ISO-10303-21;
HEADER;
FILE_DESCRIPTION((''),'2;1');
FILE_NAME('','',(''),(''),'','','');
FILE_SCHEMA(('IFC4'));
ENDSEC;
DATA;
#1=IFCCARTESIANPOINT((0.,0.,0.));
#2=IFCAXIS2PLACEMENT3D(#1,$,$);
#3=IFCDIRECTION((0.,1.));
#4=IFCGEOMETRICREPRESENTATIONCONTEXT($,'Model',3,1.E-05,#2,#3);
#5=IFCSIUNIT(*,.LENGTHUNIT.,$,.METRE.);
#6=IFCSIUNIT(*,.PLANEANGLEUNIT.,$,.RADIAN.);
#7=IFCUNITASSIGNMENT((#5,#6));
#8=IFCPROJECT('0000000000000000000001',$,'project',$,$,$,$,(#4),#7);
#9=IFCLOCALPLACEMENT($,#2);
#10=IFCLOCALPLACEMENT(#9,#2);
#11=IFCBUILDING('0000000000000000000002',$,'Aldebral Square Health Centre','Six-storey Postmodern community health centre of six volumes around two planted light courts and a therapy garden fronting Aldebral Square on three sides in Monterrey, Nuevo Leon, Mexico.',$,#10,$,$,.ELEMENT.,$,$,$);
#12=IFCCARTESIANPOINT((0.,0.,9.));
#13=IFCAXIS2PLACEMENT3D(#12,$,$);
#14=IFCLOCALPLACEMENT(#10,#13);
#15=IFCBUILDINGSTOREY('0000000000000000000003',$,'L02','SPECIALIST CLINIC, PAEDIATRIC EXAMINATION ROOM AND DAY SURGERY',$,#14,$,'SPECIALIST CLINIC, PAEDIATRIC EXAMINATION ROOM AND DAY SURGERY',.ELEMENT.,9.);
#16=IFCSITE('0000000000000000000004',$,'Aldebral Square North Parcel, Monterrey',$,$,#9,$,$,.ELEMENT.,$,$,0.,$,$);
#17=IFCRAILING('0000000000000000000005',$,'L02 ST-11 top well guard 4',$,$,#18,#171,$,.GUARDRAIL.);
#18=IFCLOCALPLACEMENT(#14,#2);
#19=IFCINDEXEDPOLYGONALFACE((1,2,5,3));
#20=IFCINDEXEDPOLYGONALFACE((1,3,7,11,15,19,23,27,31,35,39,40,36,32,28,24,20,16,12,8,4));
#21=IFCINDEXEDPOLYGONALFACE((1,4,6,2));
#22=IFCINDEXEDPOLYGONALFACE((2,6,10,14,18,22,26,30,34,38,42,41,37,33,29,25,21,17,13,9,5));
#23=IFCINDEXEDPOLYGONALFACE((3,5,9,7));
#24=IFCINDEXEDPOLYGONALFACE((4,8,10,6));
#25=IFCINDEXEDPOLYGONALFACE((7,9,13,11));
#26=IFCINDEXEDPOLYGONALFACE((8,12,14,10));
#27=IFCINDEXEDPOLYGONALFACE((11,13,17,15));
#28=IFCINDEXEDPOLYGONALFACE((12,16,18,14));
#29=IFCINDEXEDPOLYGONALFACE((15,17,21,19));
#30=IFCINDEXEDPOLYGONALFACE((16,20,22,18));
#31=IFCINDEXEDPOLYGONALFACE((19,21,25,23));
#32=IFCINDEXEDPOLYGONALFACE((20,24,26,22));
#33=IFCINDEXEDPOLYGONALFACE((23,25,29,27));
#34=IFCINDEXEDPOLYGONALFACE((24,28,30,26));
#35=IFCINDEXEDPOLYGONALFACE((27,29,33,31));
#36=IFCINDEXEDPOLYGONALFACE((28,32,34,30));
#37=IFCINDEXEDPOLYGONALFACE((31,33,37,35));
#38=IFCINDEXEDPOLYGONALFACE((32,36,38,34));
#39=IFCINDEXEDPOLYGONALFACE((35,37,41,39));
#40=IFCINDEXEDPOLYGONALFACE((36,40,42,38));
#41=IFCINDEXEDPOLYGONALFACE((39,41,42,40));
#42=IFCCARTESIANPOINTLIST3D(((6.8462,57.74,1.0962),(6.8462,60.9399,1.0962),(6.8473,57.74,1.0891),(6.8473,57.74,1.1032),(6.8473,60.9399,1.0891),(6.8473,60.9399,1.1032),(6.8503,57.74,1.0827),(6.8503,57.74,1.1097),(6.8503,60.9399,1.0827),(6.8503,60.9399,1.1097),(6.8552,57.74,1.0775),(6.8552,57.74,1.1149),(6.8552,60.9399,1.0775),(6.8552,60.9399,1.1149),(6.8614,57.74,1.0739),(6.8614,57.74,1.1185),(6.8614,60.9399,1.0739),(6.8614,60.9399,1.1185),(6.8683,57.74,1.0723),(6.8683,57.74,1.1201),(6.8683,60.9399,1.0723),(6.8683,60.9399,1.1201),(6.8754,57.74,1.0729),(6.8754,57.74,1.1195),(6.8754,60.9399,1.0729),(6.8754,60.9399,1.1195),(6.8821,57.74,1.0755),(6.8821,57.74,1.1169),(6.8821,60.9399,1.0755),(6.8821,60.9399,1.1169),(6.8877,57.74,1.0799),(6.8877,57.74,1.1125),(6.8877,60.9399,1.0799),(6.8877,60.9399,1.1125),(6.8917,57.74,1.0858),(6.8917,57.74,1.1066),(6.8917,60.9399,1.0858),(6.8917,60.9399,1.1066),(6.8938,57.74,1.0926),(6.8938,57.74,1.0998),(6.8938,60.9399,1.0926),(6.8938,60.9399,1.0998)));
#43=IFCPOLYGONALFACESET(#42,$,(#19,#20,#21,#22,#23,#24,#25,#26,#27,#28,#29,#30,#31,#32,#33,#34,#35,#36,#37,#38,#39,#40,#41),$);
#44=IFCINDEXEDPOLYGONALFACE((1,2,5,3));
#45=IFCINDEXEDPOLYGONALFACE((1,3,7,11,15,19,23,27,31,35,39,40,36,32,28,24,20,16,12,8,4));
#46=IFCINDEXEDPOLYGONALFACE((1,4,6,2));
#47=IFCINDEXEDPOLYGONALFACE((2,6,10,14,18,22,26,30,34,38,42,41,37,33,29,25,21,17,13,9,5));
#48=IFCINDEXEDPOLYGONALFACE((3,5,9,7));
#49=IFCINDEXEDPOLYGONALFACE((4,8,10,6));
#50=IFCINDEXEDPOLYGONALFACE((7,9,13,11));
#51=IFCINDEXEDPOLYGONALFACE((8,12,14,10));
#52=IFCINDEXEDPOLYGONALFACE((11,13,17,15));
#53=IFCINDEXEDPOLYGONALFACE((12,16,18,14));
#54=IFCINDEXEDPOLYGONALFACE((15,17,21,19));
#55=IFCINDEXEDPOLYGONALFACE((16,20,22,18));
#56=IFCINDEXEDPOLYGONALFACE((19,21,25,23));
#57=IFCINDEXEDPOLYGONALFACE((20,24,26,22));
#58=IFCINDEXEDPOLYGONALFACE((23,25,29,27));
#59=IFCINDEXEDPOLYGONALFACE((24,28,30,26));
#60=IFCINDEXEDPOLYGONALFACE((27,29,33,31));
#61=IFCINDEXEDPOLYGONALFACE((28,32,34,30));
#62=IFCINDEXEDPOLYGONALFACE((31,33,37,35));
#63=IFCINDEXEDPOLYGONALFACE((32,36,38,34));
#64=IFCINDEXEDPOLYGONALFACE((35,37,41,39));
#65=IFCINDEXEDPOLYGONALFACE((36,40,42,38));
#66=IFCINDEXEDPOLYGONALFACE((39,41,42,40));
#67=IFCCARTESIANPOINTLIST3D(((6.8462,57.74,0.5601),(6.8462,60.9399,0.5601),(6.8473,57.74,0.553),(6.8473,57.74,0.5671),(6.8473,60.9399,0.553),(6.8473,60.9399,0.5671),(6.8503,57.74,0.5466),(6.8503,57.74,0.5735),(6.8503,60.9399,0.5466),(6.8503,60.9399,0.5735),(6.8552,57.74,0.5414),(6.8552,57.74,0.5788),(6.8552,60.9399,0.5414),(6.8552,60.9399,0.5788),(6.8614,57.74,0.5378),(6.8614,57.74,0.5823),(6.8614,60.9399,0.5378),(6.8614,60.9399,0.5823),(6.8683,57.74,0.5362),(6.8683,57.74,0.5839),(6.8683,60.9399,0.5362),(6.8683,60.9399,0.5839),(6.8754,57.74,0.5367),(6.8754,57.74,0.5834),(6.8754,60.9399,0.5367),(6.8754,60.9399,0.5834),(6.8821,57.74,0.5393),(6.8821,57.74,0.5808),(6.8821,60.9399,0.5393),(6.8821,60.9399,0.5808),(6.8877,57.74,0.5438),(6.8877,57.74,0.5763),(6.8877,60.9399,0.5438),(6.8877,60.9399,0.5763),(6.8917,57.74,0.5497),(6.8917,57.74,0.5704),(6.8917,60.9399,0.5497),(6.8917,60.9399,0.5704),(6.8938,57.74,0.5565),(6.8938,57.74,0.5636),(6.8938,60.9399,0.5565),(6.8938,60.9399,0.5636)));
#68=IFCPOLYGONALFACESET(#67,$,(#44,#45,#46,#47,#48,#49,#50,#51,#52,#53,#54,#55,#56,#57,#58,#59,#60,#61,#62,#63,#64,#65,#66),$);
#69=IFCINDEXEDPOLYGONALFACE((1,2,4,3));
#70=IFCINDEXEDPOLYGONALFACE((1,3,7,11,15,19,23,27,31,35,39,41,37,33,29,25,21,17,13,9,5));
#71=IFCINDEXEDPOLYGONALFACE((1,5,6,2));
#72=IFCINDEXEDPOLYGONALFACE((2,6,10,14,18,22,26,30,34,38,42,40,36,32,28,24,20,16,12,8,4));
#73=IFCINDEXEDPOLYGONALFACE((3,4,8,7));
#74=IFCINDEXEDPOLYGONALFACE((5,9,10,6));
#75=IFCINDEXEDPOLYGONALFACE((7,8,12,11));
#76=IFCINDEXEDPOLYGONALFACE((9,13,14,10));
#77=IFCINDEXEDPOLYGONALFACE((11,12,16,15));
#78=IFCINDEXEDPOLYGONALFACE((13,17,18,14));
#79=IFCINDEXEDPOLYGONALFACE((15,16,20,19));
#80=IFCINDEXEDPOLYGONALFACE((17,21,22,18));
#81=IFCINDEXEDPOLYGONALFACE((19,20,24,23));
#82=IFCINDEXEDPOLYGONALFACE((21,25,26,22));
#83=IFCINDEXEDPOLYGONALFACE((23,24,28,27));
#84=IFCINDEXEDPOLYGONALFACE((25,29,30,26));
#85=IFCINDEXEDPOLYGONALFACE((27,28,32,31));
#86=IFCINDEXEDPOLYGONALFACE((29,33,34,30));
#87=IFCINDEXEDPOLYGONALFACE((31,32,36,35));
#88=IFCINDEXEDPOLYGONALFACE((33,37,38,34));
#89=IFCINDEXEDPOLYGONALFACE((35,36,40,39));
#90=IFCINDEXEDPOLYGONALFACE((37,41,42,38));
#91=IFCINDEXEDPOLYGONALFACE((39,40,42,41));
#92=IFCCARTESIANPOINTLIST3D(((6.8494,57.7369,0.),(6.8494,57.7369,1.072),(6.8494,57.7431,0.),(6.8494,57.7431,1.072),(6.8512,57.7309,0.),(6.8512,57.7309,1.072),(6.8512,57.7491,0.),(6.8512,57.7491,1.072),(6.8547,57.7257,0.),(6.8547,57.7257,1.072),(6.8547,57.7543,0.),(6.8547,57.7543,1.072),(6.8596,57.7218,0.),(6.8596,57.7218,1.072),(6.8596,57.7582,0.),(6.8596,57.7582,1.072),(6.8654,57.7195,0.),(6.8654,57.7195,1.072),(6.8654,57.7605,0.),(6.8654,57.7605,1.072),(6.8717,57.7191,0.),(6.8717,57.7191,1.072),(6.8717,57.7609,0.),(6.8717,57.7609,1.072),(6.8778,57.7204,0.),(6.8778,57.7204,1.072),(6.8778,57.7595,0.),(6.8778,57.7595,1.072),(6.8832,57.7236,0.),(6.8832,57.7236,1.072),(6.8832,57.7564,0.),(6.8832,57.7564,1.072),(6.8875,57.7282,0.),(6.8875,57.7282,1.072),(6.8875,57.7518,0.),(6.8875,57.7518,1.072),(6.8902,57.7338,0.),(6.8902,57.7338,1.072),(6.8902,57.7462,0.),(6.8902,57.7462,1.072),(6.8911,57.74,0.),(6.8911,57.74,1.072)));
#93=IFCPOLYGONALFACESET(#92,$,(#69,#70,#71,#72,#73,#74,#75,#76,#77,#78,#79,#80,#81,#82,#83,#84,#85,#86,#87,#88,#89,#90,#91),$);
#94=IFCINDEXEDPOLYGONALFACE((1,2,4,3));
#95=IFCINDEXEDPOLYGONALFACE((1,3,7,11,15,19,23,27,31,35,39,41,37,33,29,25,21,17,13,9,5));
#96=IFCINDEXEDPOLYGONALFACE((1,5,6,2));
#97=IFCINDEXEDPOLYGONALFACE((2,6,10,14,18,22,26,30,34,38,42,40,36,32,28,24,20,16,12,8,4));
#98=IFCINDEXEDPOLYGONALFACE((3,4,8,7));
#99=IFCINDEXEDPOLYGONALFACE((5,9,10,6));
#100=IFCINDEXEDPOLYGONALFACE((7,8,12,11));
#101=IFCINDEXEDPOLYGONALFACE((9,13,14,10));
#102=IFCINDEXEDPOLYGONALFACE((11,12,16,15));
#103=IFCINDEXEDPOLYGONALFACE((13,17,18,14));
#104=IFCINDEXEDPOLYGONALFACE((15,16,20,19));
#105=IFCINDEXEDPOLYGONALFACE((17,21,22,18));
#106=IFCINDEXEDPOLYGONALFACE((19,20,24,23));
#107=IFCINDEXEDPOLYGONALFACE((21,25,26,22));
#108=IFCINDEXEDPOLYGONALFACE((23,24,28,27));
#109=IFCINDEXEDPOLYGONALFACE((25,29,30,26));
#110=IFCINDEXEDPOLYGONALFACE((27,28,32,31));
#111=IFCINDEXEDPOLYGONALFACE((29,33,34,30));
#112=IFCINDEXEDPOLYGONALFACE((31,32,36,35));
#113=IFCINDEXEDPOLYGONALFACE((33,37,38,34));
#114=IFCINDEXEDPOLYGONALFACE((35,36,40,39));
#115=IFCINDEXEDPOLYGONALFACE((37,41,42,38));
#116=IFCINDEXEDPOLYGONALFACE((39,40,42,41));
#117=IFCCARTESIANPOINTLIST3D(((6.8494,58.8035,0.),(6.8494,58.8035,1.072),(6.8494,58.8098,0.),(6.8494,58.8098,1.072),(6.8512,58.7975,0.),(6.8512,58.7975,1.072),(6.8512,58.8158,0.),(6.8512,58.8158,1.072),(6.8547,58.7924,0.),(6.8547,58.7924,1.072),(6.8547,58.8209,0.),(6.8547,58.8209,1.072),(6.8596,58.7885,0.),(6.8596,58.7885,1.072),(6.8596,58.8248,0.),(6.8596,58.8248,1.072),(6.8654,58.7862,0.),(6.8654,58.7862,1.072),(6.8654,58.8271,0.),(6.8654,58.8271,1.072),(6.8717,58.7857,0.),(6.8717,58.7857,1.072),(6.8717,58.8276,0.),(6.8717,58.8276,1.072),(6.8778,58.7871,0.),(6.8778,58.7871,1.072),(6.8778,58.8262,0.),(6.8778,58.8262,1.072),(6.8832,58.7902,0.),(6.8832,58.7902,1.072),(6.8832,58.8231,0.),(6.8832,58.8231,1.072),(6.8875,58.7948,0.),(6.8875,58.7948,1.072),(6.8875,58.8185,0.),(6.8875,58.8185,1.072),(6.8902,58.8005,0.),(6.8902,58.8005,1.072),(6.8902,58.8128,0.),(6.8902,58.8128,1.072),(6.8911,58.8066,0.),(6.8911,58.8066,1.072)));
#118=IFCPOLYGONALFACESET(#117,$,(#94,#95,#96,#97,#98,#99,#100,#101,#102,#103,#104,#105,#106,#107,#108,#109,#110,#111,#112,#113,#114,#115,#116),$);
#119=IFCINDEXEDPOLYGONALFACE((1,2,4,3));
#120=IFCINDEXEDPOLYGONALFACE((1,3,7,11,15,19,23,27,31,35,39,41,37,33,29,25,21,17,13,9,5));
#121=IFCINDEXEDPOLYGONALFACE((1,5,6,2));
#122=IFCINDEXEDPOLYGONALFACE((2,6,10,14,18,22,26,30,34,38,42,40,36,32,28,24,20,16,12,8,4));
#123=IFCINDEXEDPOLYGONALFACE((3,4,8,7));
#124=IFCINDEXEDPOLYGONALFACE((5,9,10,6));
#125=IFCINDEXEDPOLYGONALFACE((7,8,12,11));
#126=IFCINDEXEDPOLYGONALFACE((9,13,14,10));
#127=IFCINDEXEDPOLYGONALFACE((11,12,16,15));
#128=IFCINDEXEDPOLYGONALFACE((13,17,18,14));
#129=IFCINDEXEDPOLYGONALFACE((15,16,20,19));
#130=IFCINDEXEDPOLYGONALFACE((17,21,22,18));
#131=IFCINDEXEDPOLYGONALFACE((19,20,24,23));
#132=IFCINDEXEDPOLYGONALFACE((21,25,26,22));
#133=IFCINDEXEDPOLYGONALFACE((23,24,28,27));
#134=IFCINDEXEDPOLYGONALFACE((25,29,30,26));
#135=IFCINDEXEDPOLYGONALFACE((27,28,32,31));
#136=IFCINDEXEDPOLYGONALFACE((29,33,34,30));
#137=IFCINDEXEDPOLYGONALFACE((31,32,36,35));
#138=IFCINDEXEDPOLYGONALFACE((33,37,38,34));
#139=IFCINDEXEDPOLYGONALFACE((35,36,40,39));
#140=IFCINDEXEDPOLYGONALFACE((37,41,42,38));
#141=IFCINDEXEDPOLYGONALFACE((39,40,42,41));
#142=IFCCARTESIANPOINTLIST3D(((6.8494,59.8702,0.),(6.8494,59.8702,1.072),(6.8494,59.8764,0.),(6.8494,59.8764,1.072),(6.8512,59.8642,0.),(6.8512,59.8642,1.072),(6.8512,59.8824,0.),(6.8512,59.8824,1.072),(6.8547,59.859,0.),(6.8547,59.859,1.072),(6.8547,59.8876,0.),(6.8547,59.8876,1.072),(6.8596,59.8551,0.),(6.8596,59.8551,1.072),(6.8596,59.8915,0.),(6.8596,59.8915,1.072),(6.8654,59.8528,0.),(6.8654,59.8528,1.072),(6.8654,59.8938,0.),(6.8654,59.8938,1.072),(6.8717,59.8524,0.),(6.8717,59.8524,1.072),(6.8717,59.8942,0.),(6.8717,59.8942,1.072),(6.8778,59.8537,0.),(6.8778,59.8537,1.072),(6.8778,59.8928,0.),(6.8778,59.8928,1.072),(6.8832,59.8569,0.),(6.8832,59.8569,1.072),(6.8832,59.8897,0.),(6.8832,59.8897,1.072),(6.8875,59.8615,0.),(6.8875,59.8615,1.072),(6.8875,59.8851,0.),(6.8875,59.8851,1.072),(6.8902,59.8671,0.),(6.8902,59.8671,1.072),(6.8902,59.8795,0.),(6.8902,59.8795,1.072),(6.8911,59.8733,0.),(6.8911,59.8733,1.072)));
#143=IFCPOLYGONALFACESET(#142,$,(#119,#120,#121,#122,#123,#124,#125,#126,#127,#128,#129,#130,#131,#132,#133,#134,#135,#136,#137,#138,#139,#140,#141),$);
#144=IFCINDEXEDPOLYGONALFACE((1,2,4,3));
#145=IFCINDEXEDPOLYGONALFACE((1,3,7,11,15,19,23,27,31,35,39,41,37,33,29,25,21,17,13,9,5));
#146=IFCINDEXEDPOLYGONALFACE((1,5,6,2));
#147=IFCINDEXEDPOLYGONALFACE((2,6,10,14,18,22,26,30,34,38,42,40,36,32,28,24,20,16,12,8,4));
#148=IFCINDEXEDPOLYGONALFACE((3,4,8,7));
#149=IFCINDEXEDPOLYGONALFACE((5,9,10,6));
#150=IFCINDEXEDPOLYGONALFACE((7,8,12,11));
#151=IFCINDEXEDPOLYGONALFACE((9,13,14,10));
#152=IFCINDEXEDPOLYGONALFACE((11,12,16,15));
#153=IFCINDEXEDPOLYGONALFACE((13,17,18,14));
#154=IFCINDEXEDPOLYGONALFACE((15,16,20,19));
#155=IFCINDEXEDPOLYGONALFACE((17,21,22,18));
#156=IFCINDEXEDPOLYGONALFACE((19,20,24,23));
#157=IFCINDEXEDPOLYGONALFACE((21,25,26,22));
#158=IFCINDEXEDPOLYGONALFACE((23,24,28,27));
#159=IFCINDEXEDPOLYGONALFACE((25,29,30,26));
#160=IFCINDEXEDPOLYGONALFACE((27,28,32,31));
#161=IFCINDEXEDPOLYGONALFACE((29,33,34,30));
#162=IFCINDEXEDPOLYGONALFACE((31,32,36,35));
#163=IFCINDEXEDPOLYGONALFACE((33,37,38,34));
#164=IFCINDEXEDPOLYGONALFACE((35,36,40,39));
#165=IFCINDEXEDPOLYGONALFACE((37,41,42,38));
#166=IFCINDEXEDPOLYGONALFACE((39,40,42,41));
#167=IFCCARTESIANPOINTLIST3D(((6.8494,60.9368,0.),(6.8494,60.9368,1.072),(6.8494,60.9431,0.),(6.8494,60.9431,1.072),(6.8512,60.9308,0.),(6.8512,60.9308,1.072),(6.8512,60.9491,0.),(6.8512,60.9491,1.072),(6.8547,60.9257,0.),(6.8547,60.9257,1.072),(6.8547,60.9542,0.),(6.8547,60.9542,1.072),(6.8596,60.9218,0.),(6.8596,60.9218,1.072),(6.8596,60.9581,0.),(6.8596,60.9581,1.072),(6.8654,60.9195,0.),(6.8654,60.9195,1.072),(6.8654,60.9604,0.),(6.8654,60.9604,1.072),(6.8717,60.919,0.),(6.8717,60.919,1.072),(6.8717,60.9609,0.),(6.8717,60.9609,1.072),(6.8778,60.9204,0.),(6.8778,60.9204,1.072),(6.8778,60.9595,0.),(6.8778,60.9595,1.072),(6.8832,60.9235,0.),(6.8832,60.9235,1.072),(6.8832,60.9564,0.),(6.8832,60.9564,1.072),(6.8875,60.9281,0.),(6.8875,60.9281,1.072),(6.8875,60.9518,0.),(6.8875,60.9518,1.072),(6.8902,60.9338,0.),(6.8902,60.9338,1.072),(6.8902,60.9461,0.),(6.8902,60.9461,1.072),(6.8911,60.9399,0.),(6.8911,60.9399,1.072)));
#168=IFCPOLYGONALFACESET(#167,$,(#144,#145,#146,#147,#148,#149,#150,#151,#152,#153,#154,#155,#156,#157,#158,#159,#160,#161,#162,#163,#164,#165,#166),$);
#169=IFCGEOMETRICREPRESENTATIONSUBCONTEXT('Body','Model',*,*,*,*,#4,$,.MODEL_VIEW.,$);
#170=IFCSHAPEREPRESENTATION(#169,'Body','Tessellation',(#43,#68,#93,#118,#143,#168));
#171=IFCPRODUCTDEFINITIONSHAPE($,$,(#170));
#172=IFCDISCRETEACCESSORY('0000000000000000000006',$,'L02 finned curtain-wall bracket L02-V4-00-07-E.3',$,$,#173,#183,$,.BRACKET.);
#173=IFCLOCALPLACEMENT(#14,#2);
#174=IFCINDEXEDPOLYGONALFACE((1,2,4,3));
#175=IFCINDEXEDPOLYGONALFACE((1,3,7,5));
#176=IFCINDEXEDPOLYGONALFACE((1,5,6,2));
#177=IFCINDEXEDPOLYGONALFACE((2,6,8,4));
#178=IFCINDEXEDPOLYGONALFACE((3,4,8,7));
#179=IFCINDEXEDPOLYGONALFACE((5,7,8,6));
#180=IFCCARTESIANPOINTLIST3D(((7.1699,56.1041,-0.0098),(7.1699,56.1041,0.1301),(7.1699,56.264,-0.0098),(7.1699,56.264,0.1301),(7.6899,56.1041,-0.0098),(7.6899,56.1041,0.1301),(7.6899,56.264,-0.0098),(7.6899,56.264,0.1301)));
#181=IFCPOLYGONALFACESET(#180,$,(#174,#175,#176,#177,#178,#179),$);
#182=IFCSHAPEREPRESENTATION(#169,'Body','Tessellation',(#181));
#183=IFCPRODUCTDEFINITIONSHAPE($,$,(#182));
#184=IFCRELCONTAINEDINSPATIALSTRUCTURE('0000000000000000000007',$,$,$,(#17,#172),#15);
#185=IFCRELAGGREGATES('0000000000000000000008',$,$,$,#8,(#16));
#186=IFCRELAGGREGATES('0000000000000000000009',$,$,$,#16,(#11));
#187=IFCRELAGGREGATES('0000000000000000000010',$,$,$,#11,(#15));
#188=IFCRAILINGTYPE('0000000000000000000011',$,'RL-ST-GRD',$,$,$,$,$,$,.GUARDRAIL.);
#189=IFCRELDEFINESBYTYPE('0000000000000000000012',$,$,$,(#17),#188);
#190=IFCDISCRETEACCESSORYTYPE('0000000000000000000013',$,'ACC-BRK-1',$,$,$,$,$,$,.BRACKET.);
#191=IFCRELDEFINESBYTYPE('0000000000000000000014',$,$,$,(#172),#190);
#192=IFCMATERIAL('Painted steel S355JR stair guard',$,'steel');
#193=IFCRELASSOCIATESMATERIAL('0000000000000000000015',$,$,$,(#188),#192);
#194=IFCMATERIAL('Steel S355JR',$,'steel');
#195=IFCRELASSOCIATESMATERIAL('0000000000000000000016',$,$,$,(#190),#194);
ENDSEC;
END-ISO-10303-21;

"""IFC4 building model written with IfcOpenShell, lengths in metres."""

from ifc_helpers import new_model, si_unit, direction, frame, origin, origin_2d, place, context, subcontext, project, spatial, rectangle, circle, extrude, material, type_object, element, save


model = new_model("IFC4")

# Units and contexts
model_context = context("Model", 3, precision=1e-05, world=origin(), true_north=direction((0.0, 1.0)))
body_context = subcontext(model_context, "Body", "Model", "MODEL_VIEW")
ifc_project = project(units=[si_unit("LENGTHUNIT", "METRE"), si_unit("PLANEANGLEUNIT", "RADIAN")], contexts=[model_context])

# Site, building, storey
site_placement = place(None, origin())
site = spatial("IfcSite", under=ifc_project, at=site_placement, Name="Aldebral Square North Parcel, Monterrey", CompositionType="ELEMENT", RefElevation=0.0)
building_placement = place(site_placement, origin())
building = spatial("IfcBuilding", under=site, at=building_placement, Name="Aldebral Square Health Centre", Description="Six-storey Postmodern community health centre of six volumes around two planted light courts and a therapy garden fronting Aldebral Square on three sides in Monterrey, Nuevo Leon, Mexico.", CompositionType="ELEMENT")
storey_placement = place(building_placement, frame((0.0, 0.0, 9.0)))
storey = spatial("IfcBuildingStorey", under=building, at=storey_placement, Name="L02", Description="SPECIALIST CLINIC, PAEDIATRIC EXAMINATION ROOM AND DAY SURGERY", LongName="SPECIALIST CLINIC, PAEDIATRIC EXAMINATION ROOM AND DAY SURGERY", CompositionType="ELEMENT", Elevation=9.0)

# Railing
ifc_material_1 = material(Name="Painted steel S355JR stair guard", Category="steel")
railing_type = type_object("IfcRailingType", Name="RL-ST-GRD", PredefinedType="GUARDRAIL", material=ifc_material_1)
railing_placement = place(storey_placement, frame((6.8701, 57.74, 0.0)))
element("IfcRailing", 1, at=railing_placement, inside=storey, type_object=railing_type, Name="L02 ST-11 top well guard 4", PredefinedType="GUARDRAIL", context=body_context, shape_type="SweptSolid", body=[
    extrude(circle(Radius=0.0239, at=origin_2d()), frame((0.0, 0.0, 1.0962), z_axis=(0.0, 1.0, 0.0), x_axis=(-1.0, 0.0, 0.0)), (0.0, 0.0, 1.0), 3.2),
    extrude(circle(Radius=0.0239, at=origin_2d()), frame((0.0, 0.0, 0.5601), z_axis=(0.0, 1.0, 0.0), x_axis=(-1.0, 0.0, 0.0)), (0.0, 0.0, 1.0), 3.2),
    extrude(circle(Radius=0.021, at=origin_2d()), origin(), (0.0, 0.0, 1.0), 1.072),
    extrude(circle(Radius=0.021, at=origin_2d()), frame((0.0, 1.0667, 0.0)), (0.0, 0.0, 1.0), 1.072),
    extrude(circle(Radius=0.021, at=origin_2d()), frame((0.0, 2.1333, 0.0)), (0.0, 0.0, 1.0), 1.072),
    extrude(circle(Radius=0.021, at=origin_2d()), frame((0.0, 3.2, 0.0)), (0.0, 0.0, 1.0), 1.072),
])

# Discrete accessory
ifc_material_2 = material(Name="Steel S355JR", Category="steel")
discrete_accessory_type = type_object("IfcDiscreteAccessoryType", Name="ACC-BRK-1", PredefinedType="BRACKET", material=ifc_material_2)
discrete_accessory_placement = place(storey_placement, frame((7.4299, 56.1841, -0.0098), z_axis=(0.0, 0.0, 1.0), x_axis=(0.0, 1.0, 0.0)))
element("IfcDiscreteAccessory", 2, at=discrete_accessory_placement, inside=storey, type_object=discrete_accessory_type, Name="L02 finned curtain-wall bracket L02-V4-00-07-E.3", PredefinedType="BRACKET", context=body_context, shape_type="SweptSolid", body=[
    extrude(rectangle(XDim=0.1599, YDim=0.52, at=origin_2d()), origin(), (0.0, 0.0, 1.0), 0.1399),
])

save(model, "model.ifc")
